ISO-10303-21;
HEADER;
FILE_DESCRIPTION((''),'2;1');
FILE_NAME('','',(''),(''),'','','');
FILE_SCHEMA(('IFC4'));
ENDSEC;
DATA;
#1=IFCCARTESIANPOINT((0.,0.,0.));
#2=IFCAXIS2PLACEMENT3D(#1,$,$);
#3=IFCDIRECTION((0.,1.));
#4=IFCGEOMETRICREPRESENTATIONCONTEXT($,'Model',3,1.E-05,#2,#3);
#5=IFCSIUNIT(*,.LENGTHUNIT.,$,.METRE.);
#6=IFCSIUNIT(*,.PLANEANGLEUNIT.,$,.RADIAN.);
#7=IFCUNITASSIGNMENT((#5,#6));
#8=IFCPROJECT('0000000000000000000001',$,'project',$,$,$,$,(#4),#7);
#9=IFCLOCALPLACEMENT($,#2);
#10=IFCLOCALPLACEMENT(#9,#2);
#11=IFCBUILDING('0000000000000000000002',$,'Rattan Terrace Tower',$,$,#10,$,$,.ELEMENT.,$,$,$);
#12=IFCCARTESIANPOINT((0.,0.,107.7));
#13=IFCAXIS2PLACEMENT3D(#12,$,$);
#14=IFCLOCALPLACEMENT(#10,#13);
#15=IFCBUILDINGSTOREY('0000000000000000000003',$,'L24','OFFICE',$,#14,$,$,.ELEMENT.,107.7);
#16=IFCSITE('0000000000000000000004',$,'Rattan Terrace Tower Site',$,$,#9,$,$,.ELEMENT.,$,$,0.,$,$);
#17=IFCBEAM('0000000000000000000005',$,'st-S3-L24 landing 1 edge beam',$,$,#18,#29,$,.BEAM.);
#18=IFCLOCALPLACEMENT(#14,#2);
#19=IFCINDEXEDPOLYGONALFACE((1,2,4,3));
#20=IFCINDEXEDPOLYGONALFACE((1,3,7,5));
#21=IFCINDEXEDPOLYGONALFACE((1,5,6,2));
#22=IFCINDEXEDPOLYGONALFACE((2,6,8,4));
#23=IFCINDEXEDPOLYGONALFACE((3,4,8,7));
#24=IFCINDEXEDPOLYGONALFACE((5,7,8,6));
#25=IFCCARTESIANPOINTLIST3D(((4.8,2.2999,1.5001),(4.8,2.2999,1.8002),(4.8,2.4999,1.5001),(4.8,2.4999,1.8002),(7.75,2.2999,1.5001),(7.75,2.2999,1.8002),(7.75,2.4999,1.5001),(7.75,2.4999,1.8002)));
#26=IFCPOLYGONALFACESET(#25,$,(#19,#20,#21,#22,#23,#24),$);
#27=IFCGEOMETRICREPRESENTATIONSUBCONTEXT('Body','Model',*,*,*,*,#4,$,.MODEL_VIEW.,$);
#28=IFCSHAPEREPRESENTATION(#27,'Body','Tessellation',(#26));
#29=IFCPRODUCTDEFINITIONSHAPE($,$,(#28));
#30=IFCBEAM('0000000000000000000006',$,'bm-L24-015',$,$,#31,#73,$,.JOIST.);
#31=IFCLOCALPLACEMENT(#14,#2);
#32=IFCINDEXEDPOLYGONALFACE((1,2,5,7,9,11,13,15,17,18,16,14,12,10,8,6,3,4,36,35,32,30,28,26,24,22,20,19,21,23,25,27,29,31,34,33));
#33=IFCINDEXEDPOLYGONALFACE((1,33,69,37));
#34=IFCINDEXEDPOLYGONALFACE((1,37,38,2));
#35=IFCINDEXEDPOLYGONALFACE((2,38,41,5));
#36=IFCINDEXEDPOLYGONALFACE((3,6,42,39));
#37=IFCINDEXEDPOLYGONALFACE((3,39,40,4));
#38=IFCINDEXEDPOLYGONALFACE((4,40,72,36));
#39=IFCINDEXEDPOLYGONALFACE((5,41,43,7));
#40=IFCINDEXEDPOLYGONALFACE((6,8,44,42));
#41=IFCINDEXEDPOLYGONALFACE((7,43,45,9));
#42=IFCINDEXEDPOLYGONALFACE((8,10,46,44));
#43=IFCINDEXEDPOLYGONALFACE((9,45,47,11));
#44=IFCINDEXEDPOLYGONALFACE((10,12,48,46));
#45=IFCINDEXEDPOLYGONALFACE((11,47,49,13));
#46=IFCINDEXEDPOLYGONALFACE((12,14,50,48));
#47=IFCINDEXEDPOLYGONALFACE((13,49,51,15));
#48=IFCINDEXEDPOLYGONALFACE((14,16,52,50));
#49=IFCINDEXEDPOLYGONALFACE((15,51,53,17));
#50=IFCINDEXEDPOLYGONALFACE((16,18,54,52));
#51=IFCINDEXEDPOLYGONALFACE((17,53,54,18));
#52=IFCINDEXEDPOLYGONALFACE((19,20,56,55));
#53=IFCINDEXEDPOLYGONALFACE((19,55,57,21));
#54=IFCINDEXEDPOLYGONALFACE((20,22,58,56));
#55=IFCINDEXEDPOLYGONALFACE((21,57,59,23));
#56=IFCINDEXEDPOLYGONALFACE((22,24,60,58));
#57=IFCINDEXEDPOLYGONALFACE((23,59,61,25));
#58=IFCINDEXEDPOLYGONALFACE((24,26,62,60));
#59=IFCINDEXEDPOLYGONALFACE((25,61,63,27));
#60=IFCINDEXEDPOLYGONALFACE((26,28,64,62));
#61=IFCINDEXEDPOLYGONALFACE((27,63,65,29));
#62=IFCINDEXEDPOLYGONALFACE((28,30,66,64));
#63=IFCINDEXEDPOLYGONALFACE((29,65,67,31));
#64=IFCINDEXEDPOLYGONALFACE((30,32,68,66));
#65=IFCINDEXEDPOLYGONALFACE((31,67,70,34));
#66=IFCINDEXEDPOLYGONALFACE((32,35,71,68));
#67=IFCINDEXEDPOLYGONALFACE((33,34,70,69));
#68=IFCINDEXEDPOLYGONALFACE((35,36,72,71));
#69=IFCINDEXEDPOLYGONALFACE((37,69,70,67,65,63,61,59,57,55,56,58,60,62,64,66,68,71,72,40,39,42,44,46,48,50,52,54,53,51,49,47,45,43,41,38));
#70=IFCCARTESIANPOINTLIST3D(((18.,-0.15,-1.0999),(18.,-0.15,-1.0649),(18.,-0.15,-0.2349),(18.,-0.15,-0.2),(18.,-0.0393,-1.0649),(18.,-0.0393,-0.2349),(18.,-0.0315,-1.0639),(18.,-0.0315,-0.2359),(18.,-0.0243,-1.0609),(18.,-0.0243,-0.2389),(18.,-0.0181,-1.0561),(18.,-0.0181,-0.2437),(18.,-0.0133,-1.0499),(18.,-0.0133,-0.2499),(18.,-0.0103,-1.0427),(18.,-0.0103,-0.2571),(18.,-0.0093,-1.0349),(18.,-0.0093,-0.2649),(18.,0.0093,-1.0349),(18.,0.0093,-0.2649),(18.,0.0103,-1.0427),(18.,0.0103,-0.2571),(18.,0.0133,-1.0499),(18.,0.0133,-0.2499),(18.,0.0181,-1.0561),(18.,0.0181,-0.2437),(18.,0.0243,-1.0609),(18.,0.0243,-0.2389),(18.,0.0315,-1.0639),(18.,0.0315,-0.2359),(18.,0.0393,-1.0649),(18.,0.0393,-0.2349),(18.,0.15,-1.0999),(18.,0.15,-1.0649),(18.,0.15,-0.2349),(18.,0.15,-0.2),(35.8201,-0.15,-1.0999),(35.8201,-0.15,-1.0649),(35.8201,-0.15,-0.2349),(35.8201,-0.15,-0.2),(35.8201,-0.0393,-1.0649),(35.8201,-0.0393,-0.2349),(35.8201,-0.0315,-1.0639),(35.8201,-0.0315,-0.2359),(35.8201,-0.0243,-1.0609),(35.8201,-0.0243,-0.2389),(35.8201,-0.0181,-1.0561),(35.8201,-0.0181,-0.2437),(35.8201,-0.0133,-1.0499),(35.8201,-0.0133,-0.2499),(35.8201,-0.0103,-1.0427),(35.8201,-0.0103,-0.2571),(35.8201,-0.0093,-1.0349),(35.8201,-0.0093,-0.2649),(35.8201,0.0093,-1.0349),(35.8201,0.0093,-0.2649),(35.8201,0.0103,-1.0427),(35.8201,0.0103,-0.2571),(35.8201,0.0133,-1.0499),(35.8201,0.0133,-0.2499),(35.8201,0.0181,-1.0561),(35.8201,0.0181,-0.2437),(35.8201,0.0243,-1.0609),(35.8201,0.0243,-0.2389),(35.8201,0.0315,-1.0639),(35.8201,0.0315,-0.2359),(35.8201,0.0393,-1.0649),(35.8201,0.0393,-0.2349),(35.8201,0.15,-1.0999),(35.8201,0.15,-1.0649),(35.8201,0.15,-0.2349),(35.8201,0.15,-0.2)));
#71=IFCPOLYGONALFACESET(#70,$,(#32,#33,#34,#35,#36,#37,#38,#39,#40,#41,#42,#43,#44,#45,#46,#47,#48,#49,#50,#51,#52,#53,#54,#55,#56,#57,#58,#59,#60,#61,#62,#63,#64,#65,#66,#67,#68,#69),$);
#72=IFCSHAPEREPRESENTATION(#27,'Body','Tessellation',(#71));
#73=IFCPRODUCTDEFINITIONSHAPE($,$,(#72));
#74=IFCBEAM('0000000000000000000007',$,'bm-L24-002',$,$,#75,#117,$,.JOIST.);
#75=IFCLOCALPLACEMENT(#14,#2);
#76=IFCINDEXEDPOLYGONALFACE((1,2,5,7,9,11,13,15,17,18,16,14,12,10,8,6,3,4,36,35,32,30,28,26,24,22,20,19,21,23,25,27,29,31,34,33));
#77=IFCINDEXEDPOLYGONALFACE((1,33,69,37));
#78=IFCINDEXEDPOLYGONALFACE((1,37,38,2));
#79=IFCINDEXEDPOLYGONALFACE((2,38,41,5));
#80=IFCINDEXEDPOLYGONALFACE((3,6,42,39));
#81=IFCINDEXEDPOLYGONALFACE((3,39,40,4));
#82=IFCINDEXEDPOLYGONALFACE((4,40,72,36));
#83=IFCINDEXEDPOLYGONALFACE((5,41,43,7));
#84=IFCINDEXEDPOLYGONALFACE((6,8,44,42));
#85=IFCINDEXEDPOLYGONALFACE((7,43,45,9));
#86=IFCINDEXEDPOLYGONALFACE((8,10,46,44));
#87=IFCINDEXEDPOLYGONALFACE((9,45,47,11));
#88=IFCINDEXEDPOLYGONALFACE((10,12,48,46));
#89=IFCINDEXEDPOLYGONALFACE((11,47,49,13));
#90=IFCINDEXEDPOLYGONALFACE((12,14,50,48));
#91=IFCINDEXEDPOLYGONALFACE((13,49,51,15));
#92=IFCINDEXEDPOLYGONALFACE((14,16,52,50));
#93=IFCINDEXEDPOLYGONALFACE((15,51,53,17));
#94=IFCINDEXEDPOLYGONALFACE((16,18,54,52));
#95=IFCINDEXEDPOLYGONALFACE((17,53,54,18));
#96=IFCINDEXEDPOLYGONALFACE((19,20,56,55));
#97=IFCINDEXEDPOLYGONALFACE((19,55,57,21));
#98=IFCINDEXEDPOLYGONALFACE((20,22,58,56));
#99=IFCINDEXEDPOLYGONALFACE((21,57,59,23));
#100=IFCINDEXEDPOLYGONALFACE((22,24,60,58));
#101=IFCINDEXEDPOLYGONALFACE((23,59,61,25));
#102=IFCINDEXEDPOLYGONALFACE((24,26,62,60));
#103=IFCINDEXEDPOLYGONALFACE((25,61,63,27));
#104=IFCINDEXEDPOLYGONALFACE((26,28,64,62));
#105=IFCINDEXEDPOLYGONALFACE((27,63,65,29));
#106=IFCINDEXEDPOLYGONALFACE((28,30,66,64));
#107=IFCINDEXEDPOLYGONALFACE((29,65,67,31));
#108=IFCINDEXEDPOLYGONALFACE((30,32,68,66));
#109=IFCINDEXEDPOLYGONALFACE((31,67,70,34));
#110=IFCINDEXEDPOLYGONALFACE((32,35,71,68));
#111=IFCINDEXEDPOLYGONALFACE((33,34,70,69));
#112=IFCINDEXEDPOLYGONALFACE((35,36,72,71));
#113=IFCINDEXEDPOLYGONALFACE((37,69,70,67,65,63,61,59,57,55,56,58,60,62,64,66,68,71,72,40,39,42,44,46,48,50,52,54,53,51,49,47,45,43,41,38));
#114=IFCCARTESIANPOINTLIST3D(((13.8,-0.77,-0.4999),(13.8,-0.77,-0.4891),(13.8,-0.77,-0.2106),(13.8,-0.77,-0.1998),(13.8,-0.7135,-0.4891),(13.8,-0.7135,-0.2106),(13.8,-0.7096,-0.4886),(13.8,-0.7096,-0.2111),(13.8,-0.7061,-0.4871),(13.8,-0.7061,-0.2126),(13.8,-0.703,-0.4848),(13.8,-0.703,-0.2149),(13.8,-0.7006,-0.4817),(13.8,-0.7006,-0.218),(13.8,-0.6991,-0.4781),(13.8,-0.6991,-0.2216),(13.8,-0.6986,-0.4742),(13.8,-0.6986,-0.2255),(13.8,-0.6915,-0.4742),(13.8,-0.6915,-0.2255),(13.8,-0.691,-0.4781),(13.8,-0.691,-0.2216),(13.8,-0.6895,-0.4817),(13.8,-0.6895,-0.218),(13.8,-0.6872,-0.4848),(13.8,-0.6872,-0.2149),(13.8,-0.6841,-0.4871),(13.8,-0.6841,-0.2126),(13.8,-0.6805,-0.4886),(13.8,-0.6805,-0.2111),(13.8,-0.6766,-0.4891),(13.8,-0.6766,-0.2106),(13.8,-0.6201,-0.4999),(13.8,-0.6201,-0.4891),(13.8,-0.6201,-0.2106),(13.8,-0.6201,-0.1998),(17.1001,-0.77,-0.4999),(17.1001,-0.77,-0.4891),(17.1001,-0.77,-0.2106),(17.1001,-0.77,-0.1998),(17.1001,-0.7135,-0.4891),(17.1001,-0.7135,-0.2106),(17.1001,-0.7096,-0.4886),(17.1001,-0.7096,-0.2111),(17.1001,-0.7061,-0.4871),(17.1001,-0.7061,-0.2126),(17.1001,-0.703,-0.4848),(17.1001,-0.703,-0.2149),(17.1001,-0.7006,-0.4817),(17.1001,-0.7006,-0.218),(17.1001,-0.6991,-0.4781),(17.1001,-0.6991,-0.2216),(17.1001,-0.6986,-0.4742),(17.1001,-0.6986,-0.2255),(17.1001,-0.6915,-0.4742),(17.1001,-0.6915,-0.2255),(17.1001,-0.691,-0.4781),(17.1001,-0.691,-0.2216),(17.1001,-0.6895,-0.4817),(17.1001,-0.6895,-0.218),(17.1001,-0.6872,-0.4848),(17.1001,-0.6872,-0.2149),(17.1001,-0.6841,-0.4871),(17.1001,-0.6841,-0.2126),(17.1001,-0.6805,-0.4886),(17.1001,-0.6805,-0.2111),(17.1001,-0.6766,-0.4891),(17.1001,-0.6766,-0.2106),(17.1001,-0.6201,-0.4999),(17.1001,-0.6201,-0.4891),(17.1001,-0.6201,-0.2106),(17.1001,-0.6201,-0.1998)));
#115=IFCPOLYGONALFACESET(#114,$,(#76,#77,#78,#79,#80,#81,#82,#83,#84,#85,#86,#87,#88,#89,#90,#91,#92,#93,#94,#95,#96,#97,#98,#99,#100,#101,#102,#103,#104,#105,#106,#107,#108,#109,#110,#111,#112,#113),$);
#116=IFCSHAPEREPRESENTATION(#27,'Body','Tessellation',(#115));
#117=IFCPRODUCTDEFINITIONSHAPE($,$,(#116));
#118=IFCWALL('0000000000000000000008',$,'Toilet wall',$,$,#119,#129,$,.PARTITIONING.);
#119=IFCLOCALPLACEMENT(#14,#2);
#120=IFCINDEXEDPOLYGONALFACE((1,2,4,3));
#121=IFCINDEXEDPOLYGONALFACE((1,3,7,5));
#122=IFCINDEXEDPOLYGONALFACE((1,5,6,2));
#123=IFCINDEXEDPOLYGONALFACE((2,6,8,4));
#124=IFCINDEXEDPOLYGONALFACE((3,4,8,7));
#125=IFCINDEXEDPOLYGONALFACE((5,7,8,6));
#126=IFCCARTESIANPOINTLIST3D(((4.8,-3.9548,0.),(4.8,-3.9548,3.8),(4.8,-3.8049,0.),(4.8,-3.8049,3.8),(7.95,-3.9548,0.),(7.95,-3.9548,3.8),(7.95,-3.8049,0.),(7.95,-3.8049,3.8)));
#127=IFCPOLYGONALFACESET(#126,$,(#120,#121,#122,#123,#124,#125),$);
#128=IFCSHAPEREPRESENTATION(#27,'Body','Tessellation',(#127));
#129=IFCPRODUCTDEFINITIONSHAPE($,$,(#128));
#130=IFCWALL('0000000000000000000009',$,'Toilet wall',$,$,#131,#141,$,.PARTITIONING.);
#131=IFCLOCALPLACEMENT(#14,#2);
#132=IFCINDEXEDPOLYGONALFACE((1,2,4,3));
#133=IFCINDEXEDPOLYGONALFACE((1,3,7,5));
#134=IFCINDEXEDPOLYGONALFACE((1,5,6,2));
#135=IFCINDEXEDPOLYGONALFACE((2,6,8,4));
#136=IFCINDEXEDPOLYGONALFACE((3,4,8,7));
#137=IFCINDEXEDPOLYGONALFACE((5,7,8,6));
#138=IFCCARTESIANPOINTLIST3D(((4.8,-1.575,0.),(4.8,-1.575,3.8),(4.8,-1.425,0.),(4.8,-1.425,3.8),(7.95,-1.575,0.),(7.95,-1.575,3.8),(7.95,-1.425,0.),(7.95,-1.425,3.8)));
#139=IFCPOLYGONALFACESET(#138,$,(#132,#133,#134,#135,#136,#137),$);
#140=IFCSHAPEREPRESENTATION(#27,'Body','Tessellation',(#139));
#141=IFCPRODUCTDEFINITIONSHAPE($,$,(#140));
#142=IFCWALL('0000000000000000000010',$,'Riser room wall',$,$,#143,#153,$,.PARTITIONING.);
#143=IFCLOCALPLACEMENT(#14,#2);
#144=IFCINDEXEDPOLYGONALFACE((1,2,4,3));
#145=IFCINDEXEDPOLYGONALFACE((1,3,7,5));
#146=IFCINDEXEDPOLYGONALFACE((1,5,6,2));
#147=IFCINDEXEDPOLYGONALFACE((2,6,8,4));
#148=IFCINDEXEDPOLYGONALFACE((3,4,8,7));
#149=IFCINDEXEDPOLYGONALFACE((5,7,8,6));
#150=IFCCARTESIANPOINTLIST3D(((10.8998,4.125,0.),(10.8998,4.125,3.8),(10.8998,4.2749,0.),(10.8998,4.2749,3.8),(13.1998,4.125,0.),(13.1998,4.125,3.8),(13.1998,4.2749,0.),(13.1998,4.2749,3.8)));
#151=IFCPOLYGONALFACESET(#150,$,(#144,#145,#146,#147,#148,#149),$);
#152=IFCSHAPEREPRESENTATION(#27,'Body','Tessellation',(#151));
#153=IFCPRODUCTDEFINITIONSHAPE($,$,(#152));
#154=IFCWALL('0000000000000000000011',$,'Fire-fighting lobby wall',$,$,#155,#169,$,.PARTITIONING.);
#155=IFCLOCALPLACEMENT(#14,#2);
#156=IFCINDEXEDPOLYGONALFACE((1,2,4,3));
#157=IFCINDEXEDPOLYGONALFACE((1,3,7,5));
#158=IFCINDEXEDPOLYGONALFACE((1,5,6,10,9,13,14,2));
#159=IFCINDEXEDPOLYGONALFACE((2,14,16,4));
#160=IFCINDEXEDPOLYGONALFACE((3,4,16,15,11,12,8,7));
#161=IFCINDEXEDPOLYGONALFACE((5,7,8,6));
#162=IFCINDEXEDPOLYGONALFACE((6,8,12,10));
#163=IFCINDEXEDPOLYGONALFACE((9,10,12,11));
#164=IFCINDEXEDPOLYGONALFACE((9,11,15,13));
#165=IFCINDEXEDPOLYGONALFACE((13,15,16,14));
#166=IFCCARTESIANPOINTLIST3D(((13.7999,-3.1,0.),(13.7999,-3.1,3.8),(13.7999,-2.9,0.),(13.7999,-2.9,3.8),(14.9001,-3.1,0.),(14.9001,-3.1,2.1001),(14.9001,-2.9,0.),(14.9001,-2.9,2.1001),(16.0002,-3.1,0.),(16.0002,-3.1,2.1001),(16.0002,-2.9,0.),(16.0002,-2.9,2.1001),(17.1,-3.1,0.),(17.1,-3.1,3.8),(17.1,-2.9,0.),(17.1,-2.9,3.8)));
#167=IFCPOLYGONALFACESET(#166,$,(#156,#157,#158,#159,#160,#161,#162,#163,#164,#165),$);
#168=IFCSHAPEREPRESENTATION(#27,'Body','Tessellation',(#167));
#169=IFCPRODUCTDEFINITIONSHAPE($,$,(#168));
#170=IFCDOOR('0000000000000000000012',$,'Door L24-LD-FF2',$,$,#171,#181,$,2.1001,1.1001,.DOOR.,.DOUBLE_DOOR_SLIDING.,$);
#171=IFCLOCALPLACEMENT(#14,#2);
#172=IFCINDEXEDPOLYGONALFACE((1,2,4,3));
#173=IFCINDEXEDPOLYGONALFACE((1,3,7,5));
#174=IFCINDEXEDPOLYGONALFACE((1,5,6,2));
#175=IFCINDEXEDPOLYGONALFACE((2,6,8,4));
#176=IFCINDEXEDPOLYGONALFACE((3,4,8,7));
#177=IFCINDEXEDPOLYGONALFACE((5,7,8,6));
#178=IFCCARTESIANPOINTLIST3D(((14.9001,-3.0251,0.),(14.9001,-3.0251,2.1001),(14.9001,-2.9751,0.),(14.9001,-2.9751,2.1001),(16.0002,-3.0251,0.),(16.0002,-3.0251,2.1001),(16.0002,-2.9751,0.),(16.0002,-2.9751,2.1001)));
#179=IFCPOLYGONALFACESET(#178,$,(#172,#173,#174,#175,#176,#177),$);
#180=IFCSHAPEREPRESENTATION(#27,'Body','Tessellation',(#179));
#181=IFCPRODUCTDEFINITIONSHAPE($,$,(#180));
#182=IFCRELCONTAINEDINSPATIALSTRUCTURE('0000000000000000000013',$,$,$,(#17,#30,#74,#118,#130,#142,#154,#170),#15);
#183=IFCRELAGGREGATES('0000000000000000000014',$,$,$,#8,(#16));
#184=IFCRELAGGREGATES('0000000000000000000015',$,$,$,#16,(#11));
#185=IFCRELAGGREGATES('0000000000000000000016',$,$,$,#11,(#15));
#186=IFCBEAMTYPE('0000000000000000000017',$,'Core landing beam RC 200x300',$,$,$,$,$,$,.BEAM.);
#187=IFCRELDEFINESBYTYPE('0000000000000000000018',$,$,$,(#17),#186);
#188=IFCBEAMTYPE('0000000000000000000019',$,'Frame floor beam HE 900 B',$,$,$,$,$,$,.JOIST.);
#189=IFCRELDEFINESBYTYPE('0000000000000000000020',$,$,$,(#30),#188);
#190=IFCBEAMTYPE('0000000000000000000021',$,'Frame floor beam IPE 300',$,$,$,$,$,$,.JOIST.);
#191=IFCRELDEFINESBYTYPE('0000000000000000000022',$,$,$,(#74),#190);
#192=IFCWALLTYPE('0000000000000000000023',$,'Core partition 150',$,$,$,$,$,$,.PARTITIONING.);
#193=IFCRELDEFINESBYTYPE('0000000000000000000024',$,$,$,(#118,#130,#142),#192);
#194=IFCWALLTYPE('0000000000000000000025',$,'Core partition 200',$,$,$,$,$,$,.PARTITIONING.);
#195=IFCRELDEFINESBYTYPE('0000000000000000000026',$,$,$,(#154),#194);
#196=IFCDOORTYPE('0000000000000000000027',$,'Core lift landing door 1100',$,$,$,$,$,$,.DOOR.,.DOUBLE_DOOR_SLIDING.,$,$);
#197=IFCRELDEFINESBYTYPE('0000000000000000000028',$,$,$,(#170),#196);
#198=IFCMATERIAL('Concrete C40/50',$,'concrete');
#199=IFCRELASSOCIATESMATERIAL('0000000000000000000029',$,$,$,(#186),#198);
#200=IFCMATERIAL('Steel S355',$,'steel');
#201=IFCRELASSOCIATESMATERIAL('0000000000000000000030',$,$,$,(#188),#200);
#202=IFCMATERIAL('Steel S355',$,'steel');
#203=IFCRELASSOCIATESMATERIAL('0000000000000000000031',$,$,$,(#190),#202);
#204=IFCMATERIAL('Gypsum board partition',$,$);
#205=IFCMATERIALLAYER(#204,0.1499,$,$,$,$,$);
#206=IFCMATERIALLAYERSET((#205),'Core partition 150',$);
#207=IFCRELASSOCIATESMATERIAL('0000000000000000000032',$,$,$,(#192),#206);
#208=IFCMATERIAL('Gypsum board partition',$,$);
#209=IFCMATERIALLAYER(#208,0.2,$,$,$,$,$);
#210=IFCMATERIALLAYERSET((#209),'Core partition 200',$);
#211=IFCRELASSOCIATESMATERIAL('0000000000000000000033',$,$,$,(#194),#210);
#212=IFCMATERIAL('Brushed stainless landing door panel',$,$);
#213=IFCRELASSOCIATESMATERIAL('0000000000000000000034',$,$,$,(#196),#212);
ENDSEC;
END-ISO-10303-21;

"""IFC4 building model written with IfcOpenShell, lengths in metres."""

from ifc_helpers import new_model, si_unit, direction, frame, frame_2d, origin, origin_2d, place, context, subcontext, project, spatial, rectangle, i_section, extrude, material, layer, layer_set, material_profile, profile_set, type_object, element, fill, save


model = new_model("IFC4")

# Units and contexts
model_context = context("Model", 3, precision=1e-05, world=origin(), true_north=direction((0.0, 1.0)))
body_context = subcontext(model_context, "Body", "Model", "MODEL_VIEW")
ifc_project = project(units=[si_unit("LENGTHUNIT", "METRE"), si_unit("PLANEANGLEUNIT", "RADIAN")], contexts=[model_context])

# Site, building, storey
site_placement = place(None, origin())
site = spatial("IfcSite", under=ifc_project, at=site_placement, Name="Rattan Terrace Tower Site", CompositionType="ELEMENT", RefElevation=0.0)
building_placement = place(site_placement, origin())
building = spatial("IfcBuilding", under=site, at=building_placement, Name="Rattan Terrace Tower", CompositionType="ELEMENT")
storey_placement = place(building_placement, frame((0.0, 0.0, 107.7)))
storey = spatial("IfcBuildingStorey", under=building, at=storey_placement, Name="L24", Description="OFFICE", CompositionType="ELEMENT", Elevation=107.7)

# Beams
ifc_material_1 = material(Name="Concrete C40/50", Category="concrete")
ifc_material_profile_1 = material_profile(ifc_material_1, rectangle(XDim=0.2, YDim=0.3, at=origin_2d()), Name="RC 200x300")
ifc_profile_set_1 = profile_set([ifc_material_profile_1], Name="Concrete C40/50")
beam_type_1 = type_object("IfcBeamType", Name="Core landing beam RC 200x300", PredefinedType="BEAM", material=ifc_profile_set_1)
beam_1_placement = place(storey_placement, frame((4.8, 2.3999, 1.6501), z_axis=(1.0, 0.0, 0.0), x_axis=(0.0, 1.0, 0.0)))
element("IfcBeam", 1, at=beam_1_placement, inside=storey, type_object=beam_type_1, Name="st-S3-L24 landing 1 edge beam", PredefinedType="BEAM", context=body_context, shape_type="SweptSolid", body=[
    extrude(rectangle(XDim=0.2, YDim=0.3, at=origin_2d()), origin(), (0.0, 0.0, 1.0), 2.95),
])
ifc_material_2 = material(Name="Steel S355", Category="steel")
ifc_material_profile_2 = material_profile(ifc_material_2, i_section(OverallWidth=0.3, OverallDepth=0.8999, WebThickness=0.0186, FlangeThickness=0.0349, FilletRadius=0.03, at=origin_2d()), Name="HE 900 B")
ifc_profile_set_2 = profile_set([ifc_material_profile_2], Name="Steel S355")
beam_type_2 = type_object("IfcBeamType", Name="Frame floor beam HE 900 B", PredefinedType="JOIST", material=ifc_profile_set_2)
beam_2_placement = place(storey_placement, frame((18.0, 0.0, -0.6499), z_axis=(1.0, 0.0, 0.0), x_axis=(0.0, 1.0, 0.0)))
element("IfcBeam", 2, at=beam_2_placement, inside=storey, type_object=beam_type_2, Name="bm-L24-015", PredefinedType="JOIST", context=body_context, shape_type="SweptSolid", body=[
    extrude(i_section(OverallWidth=0.3, OverallDepth=0.8999, WebThickness=0.0186, FlangeThickness=0.0349, FilletRadius=0.03, at=origin_2d()), origin(), (0.0, 0.0, 1.0), 17.8201),
])
ifc_material_3 = material(Name="Steel S355", Category="steel")
ifc_material_profile_3 = material_profile(ifc_material_3, i_section(OverallWidth=0.1499, OverallDepth=0.3, WebThickness=0.0071, FlangeThickness=0.0107, FilletRadius=0.0149, at=origin_2d()), Name="IPE 300")
ifc_profile_set_3 = profile_set([ifc_material_profile_3], Name="Steel S355")
beam_type_3 = type_object("IfcBeamType", Name="Frame floor beam IPE 300", PredefinedType="JOIST", material=ifc_profile_set_3)
beam_3_placement = place(storey_placement, frame((13.8, -0.6951, -0.3499), z_axis=(1.0, 0.0, 0.0), x_axis=(0.0, 1.0, 0.0)))
element("IfcBeam", 3, at=beam_3_placement, inside=storey, type_object=beam_type_3, Name="bm-L24-002", PredefinedType="JOIST", context=body_context, shape_type="SweptSolid", body=[
    extrude(i_section(OverallWidth=0.1499, OverallDepth=0.3, WebThickness=0.0071, FlangeThickness=0.0107, FilletRadius=0.0149, at=origin_2d()), origin(), (0.0, 0.0, 1.0), 3.3),
])

# Walls
ifc_material_4 = material(Name="Gypsum board partition")
ifc_layer_1 = layer(ifc_material_4, 0.1499)
ifc_layer_set_1 = layer_set([ifc_layer_1], Name="Core partition 150")
wall_type_1 = type_object("IfcWallType", Name="Core partition 150", PredefinedType="PARTITIONING", material=ifc_layer_set_1)
for number, where, z_axis, x_axis, name in (
    (4, (4.8, -3.8799, 0.0), (0.0, 0.0, 1.0), (1.0, 0.0, 0.0), "Toilet wall"),
    (5, (4.8, -1.5, 0.0), (0.0, 0.0, 1.0), (1.0, 0.0, 0.0), "Toilet wall"),
):
    element("IfcWall", number, at=place(storey_placement, frame(where, z_axis=z_axis, x_axis=x_axis)), inside=storey, type_object=wall_type_1, Name=name, PredefinedType="PARTITIONING", context=body_context, shape_type="SweptSolid", body=[
        extrude(rectangle(XDim=3.1499, YDim=0.1499, at=frame_2d((1.575, 0.0))), origin(), (0.0, 0.0, 1.0), 3.8),
    ])
wall_1_placement = place(storey_placement, frame((10.8999, 4.2, 0.0), z_axis=(0.0, 0.0, 1.0), x_axis=(1.0, 0.0, 0.0)))
element("IfcWall", 6, at=wall_1_placement, inside=storey, type_object=wall_type_1, Name="Riser room wall", PredefinedType="PARTITIONING", context=body_context, shape_type="SweptSolid", body=[
    extrude(rectangle(XDim=2.3, YDim=0.1499, at=frame_2d((1.1499, 0.0))), origin(), (0.0, 0.0, 1.0), 3.8),
])

# Wall, opening, door
ifc_material_5 = material(Name="Gypsum board partition")
ifc_layer_2 = layer(ifc_material_5, 0.2)
ifc_layer_set_2 = layer_set([ifc_layer_2], Name="Core partition 200")
wall_type_2 = type_object("IfcWallType", Name="Core partition 200", PredefinedType="PARTITIONING", material=ifc_layer_set_2)
wall_2_placement = place(storey_placement, frame((13.8, -3.0, 0.0), z_axis=(0.0, 0.0, 1.0), x_axis=(1.0, 0.0, 0.0)))
wall_2 = element("IfcWall", 7, at=wall_2_placement, inside=storey, type_object=wall_type_2, Name="Fire-fighting lobby wall", PredefinedType="PARTITIONING", context=body_context, shape_type="SweptSolid", body=[
    extrude(rectangle(XDim=3.3, YDim=0.2, at=frame_2d((1.6499, 0.0))), origin(), (0.0, 0.0, 1.0), 3.8),
])
opening_1_placement = place(wall_2_placement, frame((1.1001, 0.0, 0.0)))
opening_1 = element("IfcOpeningElement", 8, at=opening_1_placement, cuts=wall_2, PredefinedType="OPENING", context=body_context, shape_type="SweptSolid", body=[
    extrude(rectangle(XDim=1.1001, YDim=2.1001, at=frame_2d((0.55, 1.05))), frame((0.0, 0.1106, 0.0), z_axis=(0.0, -1.0, 0.0), x_axis=(1.0, 0.0, 0.0)), (0.0, 0.0, 1.0), 0.2209),
])
ifc_material_6 = material(Name="Brushed stainless landing door panel")
door_type_1 = type_object("IfcDoorType", Name="Core lift landing door 1100", OperationType="DOUBLE_DOOR_SLIDING", PredefinedType="DOOR", material=ifc_material_6)
door_1_placement = place(opening_1_placement, origin())
door_1 = element("IfcDoor", 9, at=door_1_placement, inside=storey, type_object=door_type_1, Name="Door L24-LD-FF2", OperationType="DOUBLE_DOOR_SLIDING", OverallHeight=2.1001, OverallWidth=1.1001, PredefinedType="DOOR", context=body_context, shape_type="SweptSolid", body=[
    extrude(rectangle(XDim=1.1001, YDim=2.1001, at=frame_2d((0.55, 1.05))), frame((0.0, 0.0249, 0.0), z_axis=(0.0, -1.0, 0.0), x_axis=(1.0, 0.0, 0.0)), (0.0, 0.0, 1.0), 0.05),
])
fill(opening_1, door_1)

save(model, "model.ifc")
